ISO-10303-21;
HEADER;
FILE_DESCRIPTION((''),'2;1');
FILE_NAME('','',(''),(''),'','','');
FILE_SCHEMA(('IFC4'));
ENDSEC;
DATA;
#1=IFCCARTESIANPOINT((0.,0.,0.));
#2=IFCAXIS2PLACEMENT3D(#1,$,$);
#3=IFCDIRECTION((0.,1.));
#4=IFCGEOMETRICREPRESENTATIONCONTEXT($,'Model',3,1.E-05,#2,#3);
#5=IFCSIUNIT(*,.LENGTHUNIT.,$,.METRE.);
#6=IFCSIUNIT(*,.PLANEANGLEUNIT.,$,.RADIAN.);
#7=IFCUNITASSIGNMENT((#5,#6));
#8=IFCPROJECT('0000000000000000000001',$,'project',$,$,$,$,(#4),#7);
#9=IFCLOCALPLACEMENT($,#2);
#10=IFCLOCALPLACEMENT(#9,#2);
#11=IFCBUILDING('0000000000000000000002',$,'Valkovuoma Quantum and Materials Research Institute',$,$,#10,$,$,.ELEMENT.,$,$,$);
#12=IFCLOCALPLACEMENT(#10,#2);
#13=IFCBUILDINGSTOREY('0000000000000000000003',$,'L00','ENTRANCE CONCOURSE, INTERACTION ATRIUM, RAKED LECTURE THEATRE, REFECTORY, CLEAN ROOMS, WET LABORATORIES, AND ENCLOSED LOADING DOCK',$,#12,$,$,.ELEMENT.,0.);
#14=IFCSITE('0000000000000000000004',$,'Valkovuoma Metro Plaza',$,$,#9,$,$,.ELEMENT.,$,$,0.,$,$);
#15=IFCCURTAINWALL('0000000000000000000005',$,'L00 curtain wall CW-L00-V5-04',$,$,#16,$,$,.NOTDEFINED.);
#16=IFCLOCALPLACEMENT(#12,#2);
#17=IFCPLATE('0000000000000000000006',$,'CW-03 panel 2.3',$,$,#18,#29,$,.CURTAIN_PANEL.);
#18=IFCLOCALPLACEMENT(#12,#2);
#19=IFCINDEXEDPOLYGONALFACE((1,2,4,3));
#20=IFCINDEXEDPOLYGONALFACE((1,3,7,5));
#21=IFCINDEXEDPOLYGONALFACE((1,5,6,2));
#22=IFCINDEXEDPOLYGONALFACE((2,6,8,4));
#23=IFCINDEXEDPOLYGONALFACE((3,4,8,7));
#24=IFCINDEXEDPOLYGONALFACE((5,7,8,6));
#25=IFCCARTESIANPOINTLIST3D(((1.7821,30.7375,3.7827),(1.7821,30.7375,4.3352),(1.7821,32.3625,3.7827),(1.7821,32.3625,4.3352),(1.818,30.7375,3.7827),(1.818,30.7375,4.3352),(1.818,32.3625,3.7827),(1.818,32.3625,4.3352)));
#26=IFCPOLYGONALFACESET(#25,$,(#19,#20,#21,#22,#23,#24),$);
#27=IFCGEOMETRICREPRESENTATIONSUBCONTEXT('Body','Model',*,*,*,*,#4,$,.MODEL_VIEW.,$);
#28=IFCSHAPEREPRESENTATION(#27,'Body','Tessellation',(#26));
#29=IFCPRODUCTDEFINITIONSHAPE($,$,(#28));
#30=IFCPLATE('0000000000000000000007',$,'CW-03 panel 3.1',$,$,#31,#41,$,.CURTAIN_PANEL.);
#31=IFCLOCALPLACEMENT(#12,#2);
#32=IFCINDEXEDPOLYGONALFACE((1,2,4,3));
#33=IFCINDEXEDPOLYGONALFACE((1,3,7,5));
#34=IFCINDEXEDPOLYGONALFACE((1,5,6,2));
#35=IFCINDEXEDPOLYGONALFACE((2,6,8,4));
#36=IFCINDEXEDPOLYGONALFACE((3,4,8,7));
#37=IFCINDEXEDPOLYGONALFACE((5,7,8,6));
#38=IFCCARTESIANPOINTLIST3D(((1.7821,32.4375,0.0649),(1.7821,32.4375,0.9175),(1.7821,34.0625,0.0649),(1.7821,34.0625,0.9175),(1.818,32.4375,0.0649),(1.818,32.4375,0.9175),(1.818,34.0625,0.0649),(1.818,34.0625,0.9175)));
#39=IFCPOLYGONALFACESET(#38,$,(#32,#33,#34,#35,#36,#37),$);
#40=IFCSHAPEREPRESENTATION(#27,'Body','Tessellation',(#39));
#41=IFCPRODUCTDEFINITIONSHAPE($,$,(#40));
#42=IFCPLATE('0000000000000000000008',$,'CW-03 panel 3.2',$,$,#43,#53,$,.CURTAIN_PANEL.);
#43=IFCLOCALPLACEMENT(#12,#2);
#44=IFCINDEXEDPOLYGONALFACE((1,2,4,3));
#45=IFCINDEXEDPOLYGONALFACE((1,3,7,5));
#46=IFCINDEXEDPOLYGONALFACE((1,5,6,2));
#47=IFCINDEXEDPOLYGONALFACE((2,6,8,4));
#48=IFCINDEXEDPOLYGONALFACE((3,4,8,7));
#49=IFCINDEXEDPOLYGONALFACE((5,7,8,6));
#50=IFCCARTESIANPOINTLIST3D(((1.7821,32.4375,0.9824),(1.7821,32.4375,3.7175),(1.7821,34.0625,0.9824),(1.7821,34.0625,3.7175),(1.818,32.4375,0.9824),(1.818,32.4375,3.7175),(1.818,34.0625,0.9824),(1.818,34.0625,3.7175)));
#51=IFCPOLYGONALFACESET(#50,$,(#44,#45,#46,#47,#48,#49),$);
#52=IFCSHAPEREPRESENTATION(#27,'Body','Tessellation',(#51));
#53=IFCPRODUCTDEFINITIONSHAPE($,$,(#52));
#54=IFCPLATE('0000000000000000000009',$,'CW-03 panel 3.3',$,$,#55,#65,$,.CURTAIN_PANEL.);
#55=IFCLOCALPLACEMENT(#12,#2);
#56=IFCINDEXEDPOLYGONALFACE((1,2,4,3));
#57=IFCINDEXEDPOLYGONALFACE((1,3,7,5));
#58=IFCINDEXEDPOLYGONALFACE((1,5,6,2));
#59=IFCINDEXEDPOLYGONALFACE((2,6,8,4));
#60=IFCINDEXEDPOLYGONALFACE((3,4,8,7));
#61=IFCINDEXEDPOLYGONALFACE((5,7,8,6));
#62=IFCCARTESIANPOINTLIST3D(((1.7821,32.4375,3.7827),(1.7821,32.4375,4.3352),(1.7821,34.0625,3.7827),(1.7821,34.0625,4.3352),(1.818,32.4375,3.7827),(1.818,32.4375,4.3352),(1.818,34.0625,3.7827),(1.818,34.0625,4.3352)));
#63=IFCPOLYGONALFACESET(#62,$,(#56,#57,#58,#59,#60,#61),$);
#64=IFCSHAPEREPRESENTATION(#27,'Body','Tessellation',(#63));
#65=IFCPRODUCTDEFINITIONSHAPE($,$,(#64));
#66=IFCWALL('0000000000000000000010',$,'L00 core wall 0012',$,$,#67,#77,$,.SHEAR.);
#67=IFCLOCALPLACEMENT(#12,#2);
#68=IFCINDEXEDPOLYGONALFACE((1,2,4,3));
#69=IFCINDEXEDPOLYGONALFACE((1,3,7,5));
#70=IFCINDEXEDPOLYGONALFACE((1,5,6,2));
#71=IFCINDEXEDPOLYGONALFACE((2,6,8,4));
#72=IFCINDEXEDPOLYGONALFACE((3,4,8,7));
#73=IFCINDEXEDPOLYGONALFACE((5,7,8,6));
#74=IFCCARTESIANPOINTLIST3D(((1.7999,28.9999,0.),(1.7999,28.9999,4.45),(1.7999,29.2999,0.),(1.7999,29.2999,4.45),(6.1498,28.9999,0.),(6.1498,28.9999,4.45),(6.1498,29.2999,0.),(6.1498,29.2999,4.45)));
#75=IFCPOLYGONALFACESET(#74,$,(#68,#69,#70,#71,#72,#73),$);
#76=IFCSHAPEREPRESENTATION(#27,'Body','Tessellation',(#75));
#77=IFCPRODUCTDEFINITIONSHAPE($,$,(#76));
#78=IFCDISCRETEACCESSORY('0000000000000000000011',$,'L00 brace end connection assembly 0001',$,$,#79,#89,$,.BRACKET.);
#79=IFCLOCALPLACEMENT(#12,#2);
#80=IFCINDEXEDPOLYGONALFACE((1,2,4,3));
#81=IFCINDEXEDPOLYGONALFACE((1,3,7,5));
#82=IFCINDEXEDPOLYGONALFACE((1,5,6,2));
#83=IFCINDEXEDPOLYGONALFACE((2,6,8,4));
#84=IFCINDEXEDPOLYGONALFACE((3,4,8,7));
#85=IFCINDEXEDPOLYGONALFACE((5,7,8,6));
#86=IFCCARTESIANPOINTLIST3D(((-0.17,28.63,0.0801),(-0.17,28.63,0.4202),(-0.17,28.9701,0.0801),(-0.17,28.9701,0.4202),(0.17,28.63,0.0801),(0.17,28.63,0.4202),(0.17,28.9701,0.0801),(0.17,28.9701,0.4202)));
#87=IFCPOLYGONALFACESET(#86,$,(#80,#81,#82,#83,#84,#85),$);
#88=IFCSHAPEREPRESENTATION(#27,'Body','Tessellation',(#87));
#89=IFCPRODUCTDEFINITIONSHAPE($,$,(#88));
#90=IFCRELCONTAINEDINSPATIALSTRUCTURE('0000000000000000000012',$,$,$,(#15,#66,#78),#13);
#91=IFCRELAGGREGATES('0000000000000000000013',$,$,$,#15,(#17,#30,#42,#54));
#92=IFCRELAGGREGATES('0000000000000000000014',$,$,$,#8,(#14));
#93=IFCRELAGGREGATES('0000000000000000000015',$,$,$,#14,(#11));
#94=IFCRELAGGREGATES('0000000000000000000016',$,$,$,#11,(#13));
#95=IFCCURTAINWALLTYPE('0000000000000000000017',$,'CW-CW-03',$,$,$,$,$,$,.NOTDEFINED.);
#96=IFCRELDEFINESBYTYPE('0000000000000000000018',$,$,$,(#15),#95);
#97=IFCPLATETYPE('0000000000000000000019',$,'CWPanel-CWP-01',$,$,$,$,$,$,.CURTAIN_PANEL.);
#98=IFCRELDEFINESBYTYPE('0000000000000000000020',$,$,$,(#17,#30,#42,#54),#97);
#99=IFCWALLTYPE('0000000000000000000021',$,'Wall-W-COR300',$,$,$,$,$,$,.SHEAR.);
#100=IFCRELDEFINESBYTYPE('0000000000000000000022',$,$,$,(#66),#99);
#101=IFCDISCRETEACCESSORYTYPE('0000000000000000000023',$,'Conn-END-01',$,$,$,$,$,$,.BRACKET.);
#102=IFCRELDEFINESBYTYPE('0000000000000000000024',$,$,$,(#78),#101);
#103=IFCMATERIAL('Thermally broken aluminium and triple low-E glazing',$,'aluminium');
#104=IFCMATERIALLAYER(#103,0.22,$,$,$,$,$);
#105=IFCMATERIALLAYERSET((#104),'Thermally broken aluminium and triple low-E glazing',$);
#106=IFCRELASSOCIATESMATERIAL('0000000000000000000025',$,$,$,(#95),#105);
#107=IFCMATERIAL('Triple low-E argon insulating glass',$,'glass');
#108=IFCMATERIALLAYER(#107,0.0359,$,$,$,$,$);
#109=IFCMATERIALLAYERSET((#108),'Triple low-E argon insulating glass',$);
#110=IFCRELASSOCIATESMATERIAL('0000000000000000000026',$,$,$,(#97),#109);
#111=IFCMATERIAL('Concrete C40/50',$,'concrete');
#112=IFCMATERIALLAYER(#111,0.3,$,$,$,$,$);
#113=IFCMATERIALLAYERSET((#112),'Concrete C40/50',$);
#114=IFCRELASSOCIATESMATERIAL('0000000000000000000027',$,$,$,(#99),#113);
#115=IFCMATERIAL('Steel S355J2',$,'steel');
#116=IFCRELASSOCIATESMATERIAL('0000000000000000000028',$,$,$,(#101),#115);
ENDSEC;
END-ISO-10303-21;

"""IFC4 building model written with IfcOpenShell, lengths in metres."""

from ifc_helpers import new_model, si_unit, direction, frame, frame_2d, origin, origin_2d, place, context, subcontext, project, spatial, rectangle, extrude, material, layer, layer_set, type_object, element, aggregate, save


model = new_model("IFC4")

# Units and contexts
model_context = context("Model", 3, precision=1e-05, world=origin(), true_north=direction((0.0, 1.0)))
body_context = subcontext(model_context, "Body", "Model", "MODEL_VIEW")
ifc_project = project(units=[si_unit("LENGTHUNIT", "METRE"), si_unit("PLANEANGLEUNIT", "RADIAN")], contexts=[model_context])

# Site, building, storey
site_placement = place(None, origin())
site = spatial("IfcSite", under=ifc_project, at=site_placement, Name="Valkovuoma Metro Plaza", CompositionType="ELEMENT", RefElevation=0.0)
building_placement = place(site_placement, origin())
building = spatial("IfcBuilding", under=site, at=building_placement, Name="Valkovuoma Quantum and Materials Research Institute", CompositionType="ELEMENT")
storey_placement = place(building_placement, origin())
storey = spatial("IfcBuildingStorey", under=building, at=storey_placement, Name="L00", Description="ENTRANCE CONCOURSE, INTERACTION ATRIUM, RAKED LECTURE THEATRE, REFECTORY, CLEAN ROOMS, WET LABORATORIES, AND ENCLOSED LOADING DOCK", CompositionType="ELEMENT", Elevation=0.0)

# Curtain wall
ifc_material_1 = material(Name="Thermally broken aluminium and triple low-E glazing", Category="aluminium")
ifc_layer_1 = layer(ifc_material_1, 0.22)
ifc_layer_set_1 = layer_set([ifc_layer_1], Name="Thermally broken aluminium and triple low-E glazing")
curtain_wall_type = type_object("IfcCurtainWallType", Name="CW-CW-03", PredefinedType="NOTDEFINED", material=ifc_layer_set_1)
curtain_wall_placement = place(storey_placement, origin())
curtain_wall = element("IfcCurtainWall", 1, at=curtain_wall_placement, inside=storey, type_object=curtain_wall_type, Name="L00 curtain wall CW-L00-V5-04", PredefinedType="NOTDEFINED")

# Plates
ifc_material_2 = material(Name="Triple low-E argon insulating glass", Category="glass")
ifc_layer_2 = layer(ifc_material_2, 0.0359)
ifc_layer_set_2 = layer_set([ifc_layer_2], Name="Triple low-E argon insulating glass")
plate_type = type_object("IfcPlateType", Name="CWPanel-CWP-01", PredefinedType="CURTAIN_PANEL", material=ifc_layer_set_2)
plate_1_placement = place(storey_placement, frame((1.8, 31.55, 3.7827), z_axis=(0.0, 0.0, 1.0), x_axis=(0.0, 1.0, 0.0)))
plate_1 = element("IfcPlate", 2, at=plate_1_placement, type_object=plate_type, Name="CW-03 panel 2.3", PredefinedType="CURTAIN_PANEL", context=body_context, shape_type="SweptSolid", body=[
    extrude(rectangle(XDim=1.625, YDim=0.0359, at=origin_2d()), origin(), (0.0, 0.0, 1.0), 0.5525),
])
plate_2_placement = place(storey_placement, frame((1.8, 33.25, 0.0649), z_axis=(0.0, 0.0, 1.0), x_axis=(0.0, 1.0, 0.0)))
plate_2 = element("IfcPlate", 3, at=plate_2_placement, type_object=plate_type, Name="CW-03 panel 3.1", PredefinedType="CURTAIN_PANEL", context=body_context, shape_type="SweptSolid", body=[
    extrude(rectangle(XDim=1.625, YDim=0.0359, at=origin_2d()), origin(), (0.0, 0.0, 1.0), 0.8525),
])
plate_3_placement = place(storey_placement, frame((1.8, 33.25, 0.9824), z_axis=(0.0, 0.0, 1.0), x_axis=(0.0, 1.0, 0.0)))
plate_3 = element("IfcPlate", 4, at=plate_3_placement, type_object=plate_type, Name="CW-03 panel 3.2", PredefinedType="CURTAIN_PANEL", context=body_context, shape_type="SweptSolid", body=[
    extrude(rectangle(XDim=1.625, YDim=0.0359, at=origin_2d()), origin(), (0.0, 0.0, 1.0), 2.7351),
])
plate_4_placement = place(storey_placement, frame((1.8, 33.25, 3.7827), z_axis=(0.0, 0.0, 1.0), x_axis=(0.0, 1.0, 0.0)))
plate_4 = element("IfcPlate", 5, at=plate_4_placement, type_object=plate_type, Name="CW-03 panel 3.3", PredefinedType="CURTAIN_PANEL", context=body_context, shape_type="SweptSolid", body=[
    extrude(rectangle(XDim=1.625, YDim=0.0359, at=origin_2d()), origin(), (0.0, 0.0, 1.0), 0.5525),
])
aggregate(curtain_wall, [plate_1, plate_2, plate_3, plate_4])

# Wall
ifc_material_3 = material(Name="Concrete C40/50", Category="concrete")
ifc_layer_3 = layer(ifc_material_3, 0.3)
ifc_layer_set_3 = layer_set([ifc_layer_3], Name="Concrete C40/50")
wall_type_1 = type_object("IfcWallType", Name="Wall-W-COR300", PredefinedType="SHEAR", material=ifc_layer_set_3)
wall_1_placement = place(storey_placement, frame((1.8, 29.1499, 0.0), z_axis=(0.0, 0.0, 1.0), x_axis=(1.0, 0.0, 0.0)))
element("IfcWall", 6, at=wall_1_placement, inside=storey, type_object=wall_type_1, Name="L00 core wall 0012", PredefinedType="SHEAR", context=body_context, shape_type="SweptSolid", body=[
    extrude(rectangle(XDim=4.3499, YDim=0.3, at=frame_2d((2.1748, 0.0))), origin(), (0.0, 0.0, 1.0), 4.45),
])

# Discrete accessory
ifc_material_4 = material(Name="Steel S355J2", Category="steel")
discrete_accessory_type = type_object("IfcDiscreteAccessoryType", Name="Conn-END-01", PredefinedType="BRACKET", material=ifc_material_4)
discrete_accessory_placement = place(storey_placement, frame((0.0, 28.8, 0.0801), z_axis=(0.0, 0.0, 1.0), x_axis=(1.0, 0.0, 0.0)))
element("IfcDiscreteAccessory", 7, at=discrete_accessory_placement, inside=storey, type_object=discrete_accessory_type, Name="L00 brace end connection assembly 0001", PredefinedType="BRACKET", context=body_context, shape_type="SweptSolid", body=[
    extrude(rectangle(XDim=0.3401, YDim=0.3401, at=origin_2d()), origin(), (0.0, 0.0, 1.0), 0.3401),
])

save(model, "model.ifc")
